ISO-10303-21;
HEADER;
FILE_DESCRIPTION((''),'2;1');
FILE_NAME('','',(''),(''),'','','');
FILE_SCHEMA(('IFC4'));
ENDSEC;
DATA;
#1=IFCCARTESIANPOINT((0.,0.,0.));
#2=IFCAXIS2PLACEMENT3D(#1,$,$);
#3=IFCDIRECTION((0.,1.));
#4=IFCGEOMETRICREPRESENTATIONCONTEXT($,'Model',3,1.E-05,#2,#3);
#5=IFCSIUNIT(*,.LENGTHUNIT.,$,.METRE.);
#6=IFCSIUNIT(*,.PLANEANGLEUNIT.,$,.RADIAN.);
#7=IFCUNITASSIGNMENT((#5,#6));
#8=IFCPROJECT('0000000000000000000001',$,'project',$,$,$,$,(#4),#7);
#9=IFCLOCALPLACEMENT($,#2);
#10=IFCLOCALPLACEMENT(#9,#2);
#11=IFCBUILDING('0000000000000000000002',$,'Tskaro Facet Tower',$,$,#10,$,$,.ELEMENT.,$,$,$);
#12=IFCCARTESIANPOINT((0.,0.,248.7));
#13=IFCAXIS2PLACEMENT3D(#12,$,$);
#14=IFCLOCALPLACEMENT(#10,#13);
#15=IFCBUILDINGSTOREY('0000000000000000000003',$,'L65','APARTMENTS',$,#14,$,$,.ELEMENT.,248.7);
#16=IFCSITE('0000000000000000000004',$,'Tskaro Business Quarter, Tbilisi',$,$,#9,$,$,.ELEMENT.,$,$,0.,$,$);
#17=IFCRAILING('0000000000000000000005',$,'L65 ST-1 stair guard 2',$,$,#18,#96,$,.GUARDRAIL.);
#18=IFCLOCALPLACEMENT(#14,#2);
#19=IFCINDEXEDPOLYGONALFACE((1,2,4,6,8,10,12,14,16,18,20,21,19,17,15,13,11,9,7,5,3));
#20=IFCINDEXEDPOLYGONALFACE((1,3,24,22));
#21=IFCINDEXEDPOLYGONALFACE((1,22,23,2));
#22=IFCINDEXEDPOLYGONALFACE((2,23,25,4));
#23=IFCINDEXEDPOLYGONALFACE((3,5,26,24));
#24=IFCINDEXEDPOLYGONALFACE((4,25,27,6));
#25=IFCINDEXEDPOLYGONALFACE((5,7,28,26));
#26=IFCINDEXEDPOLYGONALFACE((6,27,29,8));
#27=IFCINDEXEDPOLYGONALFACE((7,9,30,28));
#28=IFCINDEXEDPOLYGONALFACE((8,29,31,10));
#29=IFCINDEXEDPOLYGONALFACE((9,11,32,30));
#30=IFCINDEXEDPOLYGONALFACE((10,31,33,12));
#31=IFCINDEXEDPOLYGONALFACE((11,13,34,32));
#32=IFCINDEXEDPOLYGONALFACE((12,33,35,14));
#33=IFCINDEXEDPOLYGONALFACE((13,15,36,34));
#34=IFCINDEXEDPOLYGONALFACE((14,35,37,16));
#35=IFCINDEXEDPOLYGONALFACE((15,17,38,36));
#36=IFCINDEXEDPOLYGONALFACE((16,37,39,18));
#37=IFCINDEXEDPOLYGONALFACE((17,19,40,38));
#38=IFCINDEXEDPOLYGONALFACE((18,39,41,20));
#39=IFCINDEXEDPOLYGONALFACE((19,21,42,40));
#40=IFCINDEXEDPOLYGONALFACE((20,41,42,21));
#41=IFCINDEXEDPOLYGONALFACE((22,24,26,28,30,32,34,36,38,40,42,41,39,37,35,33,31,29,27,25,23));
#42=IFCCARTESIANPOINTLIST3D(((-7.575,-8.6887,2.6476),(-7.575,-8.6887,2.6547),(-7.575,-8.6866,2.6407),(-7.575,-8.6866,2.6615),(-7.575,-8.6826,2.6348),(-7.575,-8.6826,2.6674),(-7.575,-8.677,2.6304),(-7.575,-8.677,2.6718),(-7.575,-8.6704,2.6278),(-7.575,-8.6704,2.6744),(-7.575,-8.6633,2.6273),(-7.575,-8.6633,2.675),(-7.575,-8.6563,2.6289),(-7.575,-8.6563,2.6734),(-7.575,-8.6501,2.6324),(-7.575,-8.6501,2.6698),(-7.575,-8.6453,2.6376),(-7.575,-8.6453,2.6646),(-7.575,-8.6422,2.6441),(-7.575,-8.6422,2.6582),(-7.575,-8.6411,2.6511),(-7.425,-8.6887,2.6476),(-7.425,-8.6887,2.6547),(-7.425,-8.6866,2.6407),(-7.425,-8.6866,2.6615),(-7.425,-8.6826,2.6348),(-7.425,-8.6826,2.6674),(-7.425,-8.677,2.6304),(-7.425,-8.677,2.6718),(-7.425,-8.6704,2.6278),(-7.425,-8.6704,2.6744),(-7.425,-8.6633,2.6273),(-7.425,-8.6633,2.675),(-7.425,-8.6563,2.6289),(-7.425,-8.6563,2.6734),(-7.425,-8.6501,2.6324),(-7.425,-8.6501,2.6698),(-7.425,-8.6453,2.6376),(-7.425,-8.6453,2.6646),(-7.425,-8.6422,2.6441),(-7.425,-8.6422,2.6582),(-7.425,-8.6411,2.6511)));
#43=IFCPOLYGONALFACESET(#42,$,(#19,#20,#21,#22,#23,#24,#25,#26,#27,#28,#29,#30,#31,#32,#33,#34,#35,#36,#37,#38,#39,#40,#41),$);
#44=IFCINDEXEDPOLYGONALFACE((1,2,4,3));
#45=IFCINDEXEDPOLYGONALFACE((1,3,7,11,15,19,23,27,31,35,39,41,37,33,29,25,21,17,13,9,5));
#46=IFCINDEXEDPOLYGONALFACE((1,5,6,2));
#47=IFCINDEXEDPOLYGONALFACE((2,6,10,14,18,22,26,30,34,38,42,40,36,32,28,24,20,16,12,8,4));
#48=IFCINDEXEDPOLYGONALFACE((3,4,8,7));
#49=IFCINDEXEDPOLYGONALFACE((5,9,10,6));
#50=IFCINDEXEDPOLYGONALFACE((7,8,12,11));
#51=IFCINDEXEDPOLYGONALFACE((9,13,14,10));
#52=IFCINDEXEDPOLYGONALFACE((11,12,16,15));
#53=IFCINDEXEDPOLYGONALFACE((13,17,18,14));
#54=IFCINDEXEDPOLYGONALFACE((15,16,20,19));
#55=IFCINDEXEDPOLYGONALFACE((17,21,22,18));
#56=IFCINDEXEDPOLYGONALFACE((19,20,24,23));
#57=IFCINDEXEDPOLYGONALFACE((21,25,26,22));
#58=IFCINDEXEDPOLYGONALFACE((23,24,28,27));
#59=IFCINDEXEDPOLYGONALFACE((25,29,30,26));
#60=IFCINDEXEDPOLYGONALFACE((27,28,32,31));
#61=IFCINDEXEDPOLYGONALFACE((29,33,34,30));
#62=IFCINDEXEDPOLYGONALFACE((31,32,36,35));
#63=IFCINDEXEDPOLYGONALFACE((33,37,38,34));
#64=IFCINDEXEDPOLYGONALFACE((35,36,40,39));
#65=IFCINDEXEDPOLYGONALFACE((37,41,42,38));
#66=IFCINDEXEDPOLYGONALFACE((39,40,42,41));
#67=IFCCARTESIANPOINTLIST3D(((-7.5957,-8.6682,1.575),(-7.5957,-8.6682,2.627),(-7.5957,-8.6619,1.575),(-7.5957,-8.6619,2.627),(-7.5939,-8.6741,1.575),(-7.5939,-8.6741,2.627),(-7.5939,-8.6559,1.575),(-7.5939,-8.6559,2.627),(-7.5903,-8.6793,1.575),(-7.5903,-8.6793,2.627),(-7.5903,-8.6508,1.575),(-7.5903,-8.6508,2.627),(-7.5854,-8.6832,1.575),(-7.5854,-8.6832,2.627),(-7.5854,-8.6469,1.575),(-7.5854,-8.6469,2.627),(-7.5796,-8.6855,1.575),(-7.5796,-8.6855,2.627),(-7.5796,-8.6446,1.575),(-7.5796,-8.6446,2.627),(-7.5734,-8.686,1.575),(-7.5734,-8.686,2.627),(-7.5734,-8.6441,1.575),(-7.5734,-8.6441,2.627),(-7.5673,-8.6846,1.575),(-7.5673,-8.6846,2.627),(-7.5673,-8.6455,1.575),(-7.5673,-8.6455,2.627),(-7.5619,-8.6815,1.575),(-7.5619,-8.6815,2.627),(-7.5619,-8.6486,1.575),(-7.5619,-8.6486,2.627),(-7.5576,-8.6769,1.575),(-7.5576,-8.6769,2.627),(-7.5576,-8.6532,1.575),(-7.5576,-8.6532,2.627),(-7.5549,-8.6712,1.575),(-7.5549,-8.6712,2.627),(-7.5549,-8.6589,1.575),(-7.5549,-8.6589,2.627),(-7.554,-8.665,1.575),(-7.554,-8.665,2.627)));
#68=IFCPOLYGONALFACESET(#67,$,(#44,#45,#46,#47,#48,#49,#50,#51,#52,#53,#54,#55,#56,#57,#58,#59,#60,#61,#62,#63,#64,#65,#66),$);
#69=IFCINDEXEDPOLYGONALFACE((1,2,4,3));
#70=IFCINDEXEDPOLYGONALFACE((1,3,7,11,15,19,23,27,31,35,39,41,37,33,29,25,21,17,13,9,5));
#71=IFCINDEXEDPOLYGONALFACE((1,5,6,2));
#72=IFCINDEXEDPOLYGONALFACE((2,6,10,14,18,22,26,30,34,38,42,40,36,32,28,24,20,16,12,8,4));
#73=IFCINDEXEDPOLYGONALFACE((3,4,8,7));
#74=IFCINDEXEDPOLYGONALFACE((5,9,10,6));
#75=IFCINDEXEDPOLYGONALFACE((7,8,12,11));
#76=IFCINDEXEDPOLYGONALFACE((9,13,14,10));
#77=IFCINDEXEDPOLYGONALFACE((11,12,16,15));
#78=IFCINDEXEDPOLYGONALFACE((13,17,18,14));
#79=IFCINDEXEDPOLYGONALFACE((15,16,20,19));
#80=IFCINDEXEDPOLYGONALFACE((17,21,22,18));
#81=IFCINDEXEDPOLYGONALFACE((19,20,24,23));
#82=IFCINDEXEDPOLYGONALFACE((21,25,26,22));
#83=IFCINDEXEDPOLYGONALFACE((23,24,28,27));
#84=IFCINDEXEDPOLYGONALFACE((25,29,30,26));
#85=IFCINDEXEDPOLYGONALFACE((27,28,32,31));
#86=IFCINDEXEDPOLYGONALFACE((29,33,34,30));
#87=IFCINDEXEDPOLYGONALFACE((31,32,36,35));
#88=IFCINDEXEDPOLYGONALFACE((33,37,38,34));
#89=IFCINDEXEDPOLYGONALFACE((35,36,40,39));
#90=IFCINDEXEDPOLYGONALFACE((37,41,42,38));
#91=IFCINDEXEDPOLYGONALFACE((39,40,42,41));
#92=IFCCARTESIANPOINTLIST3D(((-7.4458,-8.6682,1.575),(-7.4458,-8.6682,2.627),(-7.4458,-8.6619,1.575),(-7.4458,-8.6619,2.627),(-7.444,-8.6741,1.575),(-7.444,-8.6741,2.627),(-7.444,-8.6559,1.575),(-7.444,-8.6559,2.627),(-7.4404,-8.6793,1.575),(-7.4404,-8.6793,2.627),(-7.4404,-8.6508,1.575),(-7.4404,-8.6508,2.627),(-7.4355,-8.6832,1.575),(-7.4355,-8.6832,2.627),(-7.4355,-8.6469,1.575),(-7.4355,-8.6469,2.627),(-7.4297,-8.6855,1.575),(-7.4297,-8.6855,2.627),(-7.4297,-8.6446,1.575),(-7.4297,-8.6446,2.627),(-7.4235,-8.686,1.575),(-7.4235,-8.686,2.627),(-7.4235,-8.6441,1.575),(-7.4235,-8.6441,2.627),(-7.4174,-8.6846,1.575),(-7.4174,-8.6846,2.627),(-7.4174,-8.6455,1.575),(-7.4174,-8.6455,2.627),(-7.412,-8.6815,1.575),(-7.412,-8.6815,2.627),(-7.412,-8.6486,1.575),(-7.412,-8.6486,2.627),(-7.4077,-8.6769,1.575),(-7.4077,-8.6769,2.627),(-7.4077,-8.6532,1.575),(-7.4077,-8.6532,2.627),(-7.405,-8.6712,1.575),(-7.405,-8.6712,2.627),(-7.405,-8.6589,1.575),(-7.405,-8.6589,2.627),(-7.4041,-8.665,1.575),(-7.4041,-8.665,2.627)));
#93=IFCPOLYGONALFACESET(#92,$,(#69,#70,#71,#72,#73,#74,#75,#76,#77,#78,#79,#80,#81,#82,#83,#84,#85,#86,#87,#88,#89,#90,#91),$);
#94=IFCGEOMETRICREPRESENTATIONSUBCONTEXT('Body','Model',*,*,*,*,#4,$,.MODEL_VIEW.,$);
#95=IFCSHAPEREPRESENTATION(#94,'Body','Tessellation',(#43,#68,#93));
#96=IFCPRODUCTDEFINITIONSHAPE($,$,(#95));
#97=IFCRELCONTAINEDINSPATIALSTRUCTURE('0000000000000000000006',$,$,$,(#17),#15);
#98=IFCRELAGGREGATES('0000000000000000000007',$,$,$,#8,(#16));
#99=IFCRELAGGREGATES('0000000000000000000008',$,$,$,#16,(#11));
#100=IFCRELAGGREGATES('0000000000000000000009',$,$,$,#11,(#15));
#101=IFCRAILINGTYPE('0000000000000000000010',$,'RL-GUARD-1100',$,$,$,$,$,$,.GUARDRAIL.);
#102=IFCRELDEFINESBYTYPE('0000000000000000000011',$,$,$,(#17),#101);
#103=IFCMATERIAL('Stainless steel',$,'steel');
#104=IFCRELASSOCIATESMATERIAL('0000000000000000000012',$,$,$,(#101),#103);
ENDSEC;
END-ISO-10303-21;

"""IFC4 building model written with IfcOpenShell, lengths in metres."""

from ifc_helpers import new_model, si_unit, direction, frame, origin, origin_2d, place, context, subcontext, project, spatial, circle, extrude, material, type_object, element, save


model = new_model("IFC4")

# Units and contexts
model_context = context("Model", 3, precision=1e-05, world=origin(), true_north=direction((0.0, 1.0)))
body_context = subcontext(model_context, "Body", "Model", "MODEL_VIEW")
ifc_project = project(units=[si_unit("LENGTHUNIT", "METRE"), si_unit("PLANEANGLEUNIT", "RADIAN")], contexts=[model_context])

# Site, building, storey
site_placement = place(None, origin())
site = spatial("IfcSite", under=ifc_project, at=site_placement, Name="Tskaro Business Quarter, Tbilisi", CompositionType="ELEMENT", RefElevation=0.0)
building_placement = place(site_placement, origin())
building = spatial("IfcBuilding", under=site, at=building_placement, Name="Tskaro Facet Tower", CompositionType="ELEMENT")
storey_placement = place(building_placement, frame((0.0, 0.0, 248.7)))
storey = spatial("IfcBuildingStorey", under=building, at=storey_placement, Name="L65", Description="APARTMENTS", CompositionType="ELEMENT", Elevation=248.7)

# Shared definitions
ifc_material_1 = material(Name="Stainless steel", Category="steel")

# Railing
railing_type_1 = type_object("IfcRailingType", Name="RL-GUARD-1100", PredefinedType="GUARDRAIL", material=ifc_material_1)
railing_1_placement = place(storey_placement, frame((-7.575, -8.665, 1.575)))
element("IfcRailing", 1, at=railing_1_placement, inside=storey, type_object=railing_type_1, Name="L65 ST-1 stair guard 2", PredefinedType="GUARDRAIL", context=body_context, shape_type="SweptSolid", body=[
    extrude(circle(Radius=0.0239, at=origin_2d()), frame((0.0, 0.0, 1.0762), z_axis=(1.0, 0.0, 0.0), x_axis=(0.0, 1.0, 0.0)), (0.0, 0.0, 1.0), 0.1499),
    extrude(circle(Radius=0.021, at=origin_2d()), origin(), (0.0, 0.0, 1.0), 1.052),
    extrude(circle(Radius=0.021, at=origin_2d()), frame((0.1499, 0.0, 0.0)), (0.0, 0.0, 1.0), 1.052),
])

save(model, "model.ifc")
